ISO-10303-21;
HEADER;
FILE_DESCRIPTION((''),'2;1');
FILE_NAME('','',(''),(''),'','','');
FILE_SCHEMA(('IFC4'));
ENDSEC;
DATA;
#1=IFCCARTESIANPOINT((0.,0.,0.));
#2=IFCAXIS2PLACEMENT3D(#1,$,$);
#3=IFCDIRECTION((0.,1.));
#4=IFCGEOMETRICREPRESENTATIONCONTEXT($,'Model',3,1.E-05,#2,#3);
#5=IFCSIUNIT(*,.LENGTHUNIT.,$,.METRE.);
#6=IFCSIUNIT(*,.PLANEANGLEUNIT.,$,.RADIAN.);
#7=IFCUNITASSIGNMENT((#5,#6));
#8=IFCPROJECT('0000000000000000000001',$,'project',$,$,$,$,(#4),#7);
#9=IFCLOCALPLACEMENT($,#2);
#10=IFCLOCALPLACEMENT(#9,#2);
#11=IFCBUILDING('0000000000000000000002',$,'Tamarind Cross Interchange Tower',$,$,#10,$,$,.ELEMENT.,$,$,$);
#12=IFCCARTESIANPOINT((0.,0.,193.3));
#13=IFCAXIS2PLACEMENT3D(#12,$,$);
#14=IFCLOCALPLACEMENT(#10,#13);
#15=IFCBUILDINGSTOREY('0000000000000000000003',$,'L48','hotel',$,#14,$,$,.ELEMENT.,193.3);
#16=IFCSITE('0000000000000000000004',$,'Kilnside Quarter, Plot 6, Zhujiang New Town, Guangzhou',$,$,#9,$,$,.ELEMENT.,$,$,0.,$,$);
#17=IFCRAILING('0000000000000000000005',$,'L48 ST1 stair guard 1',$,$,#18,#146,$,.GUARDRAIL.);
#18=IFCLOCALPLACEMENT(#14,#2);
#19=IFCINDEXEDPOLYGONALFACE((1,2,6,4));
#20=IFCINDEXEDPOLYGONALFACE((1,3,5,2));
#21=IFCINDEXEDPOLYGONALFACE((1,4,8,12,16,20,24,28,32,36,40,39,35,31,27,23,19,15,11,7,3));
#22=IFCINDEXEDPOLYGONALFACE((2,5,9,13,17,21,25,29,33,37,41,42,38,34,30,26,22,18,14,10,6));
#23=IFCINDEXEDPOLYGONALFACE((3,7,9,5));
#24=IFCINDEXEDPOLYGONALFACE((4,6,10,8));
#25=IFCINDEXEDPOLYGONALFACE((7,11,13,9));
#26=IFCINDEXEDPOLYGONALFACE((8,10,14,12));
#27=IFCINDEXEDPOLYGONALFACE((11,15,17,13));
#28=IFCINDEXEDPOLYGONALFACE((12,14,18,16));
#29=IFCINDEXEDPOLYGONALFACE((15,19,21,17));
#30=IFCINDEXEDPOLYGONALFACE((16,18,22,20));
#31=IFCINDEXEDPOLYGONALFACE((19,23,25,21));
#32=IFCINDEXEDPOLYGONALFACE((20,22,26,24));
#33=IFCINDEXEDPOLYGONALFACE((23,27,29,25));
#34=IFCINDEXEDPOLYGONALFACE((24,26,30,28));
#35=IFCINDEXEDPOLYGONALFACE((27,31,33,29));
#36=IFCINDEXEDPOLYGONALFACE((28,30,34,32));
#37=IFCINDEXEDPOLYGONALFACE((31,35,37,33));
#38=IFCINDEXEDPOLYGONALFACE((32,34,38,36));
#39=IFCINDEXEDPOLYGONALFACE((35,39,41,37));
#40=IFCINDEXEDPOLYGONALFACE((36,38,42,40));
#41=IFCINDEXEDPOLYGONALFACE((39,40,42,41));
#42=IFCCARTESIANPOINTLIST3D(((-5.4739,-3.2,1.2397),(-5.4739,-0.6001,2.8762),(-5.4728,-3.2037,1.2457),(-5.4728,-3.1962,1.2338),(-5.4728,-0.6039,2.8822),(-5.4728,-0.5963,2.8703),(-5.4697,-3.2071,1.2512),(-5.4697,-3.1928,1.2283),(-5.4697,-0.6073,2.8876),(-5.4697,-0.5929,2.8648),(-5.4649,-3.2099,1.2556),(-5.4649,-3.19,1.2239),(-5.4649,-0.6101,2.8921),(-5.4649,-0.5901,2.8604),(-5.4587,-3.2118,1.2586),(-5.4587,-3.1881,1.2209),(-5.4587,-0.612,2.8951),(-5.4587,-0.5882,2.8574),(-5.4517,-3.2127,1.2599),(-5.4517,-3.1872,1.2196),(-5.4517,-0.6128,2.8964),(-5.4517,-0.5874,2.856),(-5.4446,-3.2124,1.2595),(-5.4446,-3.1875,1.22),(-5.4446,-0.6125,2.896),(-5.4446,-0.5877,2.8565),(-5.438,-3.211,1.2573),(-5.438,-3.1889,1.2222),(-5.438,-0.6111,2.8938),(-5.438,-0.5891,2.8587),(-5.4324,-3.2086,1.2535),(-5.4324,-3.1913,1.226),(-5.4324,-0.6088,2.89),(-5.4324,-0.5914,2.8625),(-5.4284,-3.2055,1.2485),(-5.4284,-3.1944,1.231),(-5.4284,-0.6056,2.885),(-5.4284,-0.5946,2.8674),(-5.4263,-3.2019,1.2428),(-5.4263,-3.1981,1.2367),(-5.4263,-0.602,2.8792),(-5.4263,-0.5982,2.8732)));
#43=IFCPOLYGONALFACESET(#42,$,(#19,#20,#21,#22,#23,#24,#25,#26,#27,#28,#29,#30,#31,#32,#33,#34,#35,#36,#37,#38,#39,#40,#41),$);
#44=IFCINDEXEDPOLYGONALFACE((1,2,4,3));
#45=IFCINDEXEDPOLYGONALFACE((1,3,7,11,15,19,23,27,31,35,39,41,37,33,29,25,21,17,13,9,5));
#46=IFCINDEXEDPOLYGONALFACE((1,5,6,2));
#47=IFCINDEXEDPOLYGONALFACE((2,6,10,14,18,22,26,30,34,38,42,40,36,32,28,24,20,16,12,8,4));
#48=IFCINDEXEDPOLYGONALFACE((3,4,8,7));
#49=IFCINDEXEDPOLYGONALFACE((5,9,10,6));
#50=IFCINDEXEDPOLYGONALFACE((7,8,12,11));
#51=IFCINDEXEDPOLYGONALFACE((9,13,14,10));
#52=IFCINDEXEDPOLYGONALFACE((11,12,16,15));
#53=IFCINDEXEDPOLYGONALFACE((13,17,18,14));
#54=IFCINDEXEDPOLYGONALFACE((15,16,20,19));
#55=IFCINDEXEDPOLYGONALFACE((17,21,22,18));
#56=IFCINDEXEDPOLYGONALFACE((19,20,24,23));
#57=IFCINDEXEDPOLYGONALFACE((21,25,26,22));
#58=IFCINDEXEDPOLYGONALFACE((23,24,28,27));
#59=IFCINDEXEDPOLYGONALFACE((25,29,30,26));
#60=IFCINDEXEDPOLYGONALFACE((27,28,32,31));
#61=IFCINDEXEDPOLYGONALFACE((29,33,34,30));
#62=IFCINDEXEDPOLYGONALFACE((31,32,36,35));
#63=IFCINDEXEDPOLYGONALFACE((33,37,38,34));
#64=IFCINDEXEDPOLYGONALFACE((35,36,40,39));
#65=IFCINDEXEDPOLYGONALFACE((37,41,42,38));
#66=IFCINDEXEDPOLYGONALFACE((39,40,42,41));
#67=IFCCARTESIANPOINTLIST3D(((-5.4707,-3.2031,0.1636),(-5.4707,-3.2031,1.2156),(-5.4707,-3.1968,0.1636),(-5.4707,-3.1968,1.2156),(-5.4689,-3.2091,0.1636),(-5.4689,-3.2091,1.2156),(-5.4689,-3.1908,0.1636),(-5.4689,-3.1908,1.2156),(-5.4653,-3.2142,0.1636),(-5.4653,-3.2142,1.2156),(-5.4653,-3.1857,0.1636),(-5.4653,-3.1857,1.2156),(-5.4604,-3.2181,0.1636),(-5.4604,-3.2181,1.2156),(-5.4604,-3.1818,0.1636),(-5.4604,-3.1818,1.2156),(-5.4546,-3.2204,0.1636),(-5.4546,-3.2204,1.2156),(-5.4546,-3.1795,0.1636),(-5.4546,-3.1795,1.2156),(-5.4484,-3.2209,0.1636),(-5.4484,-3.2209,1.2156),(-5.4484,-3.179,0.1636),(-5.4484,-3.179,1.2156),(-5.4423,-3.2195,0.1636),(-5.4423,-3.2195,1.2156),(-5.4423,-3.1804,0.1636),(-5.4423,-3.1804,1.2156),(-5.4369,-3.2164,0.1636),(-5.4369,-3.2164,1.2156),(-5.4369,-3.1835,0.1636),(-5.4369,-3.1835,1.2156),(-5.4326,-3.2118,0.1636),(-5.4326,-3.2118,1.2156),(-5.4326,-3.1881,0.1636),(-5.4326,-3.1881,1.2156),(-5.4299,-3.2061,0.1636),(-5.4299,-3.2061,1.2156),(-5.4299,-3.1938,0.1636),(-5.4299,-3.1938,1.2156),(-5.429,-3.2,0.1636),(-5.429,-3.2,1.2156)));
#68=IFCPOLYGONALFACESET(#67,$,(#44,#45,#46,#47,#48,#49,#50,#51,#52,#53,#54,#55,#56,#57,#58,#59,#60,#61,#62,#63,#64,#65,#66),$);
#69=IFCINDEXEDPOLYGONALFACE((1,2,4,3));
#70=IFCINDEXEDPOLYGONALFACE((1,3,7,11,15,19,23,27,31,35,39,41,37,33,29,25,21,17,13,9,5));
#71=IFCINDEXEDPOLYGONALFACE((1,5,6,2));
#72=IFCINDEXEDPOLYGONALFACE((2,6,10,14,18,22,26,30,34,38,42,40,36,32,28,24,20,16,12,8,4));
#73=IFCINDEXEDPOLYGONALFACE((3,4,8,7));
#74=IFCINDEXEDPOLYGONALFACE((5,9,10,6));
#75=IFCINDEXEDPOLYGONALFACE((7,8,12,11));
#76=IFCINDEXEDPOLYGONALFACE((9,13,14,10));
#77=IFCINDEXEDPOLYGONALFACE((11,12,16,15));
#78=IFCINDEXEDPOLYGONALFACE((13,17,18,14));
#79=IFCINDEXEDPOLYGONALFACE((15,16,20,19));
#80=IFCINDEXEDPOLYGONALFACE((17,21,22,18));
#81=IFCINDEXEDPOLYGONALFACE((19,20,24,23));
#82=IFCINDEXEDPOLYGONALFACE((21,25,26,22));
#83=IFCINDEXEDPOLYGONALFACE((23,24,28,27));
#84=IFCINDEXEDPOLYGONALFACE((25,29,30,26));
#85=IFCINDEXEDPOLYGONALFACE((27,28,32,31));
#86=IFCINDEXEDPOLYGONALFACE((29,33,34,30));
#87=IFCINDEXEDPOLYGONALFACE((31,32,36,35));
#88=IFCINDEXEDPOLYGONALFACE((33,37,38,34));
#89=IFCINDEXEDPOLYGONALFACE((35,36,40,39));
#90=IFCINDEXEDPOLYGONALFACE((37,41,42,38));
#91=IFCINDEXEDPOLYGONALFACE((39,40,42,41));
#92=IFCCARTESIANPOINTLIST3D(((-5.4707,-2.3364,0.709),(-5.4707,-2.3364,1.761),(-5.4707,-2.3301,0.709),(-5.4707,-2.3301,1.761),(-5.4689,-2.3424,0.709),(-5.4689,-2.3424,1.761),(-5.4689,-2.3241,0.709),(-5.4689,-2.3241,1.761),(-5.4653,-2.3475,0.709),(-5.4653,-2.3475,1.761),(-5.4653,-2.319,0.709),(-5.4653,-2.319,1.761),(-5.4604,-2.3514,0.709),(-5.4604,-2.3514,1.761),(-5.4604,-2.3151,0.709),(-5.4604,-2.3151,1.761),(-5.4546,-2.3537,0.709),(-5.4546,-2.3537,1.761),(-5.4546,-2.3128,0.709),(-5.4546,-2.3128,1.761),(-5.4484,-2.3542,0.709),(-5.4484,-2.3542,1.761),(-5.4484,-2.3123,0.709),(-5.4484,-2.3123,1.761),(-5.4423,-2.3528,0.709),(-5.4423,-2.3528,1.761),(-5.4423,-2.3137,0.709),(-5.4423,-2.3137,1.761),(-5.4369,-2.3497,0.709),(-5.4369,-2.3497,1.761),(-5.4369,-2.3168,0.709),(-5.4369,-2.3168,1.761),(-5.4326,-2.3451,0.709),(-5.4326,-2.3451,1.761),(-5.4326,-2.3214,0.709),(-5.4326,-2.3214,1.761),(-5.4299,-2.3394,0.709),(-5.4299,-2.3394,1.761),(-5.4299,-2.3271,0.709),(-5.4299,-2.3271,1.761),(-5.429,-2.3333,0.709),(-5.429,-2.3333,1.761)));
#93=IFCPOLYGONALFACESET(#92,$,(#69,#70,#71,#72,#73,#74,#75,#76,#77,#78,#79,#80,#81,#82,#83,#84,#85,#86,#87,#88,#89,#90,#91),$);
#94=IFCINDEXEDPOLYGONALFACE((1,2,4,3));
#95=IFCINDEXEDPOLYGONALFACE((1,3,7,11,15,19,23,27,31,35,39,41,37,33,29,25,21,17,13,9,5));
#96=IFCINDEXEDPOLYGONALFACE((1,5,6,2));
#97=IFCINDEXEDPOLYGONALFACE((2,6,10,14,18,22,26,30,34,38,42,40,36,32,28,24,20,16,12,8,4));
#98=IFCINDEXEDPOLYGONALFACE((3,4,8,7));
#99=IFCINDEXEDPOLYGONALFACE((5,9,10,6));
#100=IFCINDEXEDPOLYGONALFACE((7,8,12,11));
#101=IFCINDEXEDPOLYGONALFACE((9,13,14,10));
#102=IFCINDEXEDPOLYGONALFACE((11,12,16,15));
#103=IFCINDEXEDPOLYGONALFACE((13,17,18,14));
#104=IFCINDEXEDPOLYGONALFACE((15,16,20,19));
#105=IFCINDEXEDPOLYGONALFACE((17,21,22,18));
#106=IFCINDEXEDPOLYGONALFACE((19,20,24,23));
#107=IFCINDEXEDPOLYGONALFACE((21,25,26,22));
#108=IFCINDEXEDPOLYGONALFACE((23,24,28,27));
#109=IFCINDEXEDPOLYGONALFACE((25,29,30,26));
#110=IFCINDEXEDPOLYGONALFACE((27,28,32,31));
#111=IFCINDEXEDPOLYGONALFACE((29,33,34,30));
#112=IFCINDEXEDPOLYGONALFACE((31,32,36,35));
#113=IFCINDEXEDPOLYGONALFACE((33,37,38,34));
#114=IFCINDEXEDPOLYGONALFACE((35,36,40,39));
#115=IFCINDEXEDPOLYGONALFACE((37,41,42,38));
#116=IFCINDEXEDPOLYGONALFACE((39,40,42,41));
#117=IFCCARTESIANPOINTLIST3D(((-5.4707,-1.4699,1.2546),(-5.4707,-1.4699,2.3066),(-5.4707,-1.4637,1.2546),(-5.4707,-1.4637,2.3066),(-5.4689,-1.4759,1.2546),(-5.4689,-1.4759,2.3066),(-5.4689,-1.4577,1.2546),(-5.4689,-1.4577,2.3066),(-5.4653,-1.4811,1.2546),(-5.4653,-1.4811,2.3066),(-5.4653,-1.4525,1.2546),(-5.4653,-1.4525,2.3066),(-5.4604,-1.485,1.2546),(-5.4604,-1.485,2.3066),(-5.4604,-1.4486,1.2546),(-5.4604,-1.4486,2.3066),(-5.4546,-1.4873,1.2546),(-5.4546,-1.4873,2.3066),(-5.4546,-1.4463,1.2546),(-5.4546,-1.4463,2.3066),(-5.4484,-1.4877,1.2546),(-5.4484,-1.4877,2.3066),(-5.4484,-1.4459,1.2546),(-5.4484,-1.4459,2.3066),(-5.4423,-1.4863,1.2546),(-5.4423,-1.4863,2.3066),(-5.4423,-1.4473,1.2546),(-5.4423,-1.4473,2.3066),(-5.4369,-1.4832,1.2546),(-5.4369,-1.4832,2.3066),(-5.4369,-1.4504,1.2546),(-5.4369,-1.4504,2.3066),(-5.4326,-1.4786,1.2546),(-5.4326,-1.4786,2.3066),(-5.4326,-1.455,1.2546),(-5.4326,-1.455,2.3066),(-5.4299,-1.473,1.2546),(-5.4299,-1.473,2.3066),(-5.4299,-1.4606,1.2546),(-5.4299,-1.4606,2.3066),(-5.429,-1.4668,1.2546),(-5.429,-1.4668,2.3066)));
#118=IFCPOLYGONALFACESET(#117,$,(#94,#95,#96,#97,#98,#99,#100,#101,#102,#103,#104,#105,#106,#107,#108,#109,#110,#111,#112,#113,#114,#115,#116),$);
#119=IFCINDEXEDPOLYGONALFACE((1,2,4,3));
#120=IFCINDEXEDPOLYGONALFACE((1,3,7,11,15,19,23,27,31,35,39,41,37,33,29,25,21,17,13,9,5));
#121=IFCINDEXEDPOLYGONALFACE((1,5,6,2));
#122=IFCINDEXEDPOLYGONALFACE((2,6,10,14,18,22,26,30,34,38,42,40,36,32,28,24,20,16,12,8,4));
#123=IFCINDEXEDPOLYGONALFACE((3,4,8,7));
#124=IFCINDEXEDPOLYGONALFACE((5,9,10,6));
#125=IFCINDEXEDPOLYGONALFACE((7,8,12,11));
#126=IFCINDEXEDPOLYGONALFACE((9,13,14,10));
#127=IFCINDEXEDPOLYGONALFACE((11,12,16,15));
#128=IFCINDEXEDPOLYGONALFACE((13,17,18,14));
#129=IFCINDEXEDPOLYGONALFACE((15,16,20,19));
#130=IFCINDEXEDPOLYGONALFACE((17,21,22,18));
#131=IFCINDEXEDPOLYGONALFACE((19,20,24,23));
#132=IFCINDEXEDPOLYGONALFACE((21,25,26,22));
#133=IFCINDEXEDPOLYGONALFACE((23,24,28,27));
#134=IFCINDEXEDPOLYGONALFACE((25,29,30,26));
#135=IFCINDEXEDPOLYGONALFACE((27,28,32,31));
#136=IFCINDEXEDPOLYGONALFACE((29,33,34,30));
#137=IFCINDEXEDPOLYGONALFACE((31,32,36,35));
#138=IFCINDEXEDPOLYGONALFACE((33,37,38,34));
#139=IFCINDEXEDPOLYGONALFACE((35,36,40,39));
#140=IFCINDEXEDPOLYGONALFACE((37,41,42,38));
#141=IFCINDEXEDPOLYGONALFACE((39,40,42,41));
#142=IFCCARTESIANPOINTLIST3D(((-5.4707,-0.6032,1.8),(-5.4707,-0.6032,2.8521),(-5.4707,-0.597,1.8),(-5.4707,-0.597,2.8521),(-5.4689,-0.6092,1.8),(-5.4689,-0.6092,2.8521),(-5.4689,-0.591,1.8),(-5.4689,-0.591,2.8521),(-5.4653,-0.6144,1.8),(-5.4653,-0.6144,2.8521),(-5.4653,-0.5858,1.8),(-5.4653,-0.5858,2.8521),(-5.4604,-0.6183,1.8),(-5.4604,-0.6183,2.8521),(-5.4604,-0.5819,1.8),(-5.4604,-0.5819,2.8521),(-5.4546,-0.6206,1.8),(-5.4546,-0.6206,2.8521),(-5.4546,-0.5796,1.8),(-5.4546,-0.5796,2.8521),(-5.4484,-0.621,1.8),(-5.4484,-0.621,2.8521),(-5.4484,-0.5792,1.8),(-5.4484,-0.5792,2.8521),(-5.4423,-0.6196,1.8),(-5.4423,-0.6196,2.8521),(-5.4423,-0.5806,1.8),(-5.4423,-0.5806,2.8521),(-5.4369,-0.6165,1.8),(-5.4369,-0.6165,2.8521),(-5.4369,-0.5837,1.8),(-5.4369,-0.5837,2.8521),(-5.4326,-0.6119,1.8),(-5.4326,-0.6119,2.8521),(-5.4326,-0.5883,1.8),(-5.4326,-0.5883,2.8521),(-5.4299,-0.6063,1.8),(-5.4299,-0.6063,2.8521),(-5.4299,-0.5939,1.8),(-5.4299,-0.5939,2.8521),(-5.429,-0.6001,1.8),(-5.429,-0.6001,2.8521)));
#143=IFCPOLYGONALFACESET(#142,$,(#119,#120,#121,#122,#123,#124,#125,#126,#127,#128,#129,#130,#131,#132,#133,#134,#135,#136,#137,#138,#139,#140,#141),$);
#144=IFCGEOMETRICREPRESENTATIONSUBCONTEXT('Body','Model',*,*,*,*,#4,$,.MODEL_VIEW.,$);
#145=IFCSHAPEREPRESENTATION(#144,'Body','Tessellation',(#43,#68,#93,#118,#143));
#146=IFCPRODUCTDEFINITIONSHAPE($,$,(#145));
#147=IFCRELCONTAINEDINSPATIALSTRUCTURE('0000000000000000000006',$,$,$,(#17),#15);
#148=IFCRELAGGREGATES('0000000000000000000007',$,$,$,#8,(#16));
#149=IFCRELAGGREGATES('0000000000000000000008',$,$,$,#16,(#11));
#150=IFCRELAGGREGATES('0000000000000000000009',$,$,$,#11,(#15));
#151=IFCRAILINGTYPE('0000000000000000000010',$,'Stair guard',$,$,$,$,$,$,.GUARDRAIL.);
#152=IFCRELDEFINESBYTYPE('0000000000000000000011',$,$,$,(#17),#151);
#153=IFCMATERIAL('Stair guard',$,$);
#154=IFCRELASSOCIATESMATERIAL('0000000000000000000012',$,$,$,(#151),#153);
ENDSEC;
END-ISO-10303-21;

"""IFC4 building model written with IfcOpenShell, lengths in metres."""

from ifc_helpers import new_model, si_unit, direction, frame, origin, origin_2d, place, context, subcontext, project, spatial, circle, extrude, material, type_object, element, save


model = new_model("IFC4")

# Units and contexts
model_context = context("Model", 3, precision=1e-05, world=origin(), true_north=direction((0.0, 1.0)))
body_context = subcontext(model_context, "Body", "Model", "MODEL_VIEW")
ifc_project = project(units=[si_unit("LENGTHUNIT", "METRE"), si_unit("PLANEANGLEUNIT", "RADIAN")], contexts=[model_context])

# Site, building, storey
site_placement = place(None, origin())
site = spatial("IfcSite", under=ifc_project, at=site_placement, Name="Kilnside Quarter, Plot 6, Zhujiang New Town, Guangzhou", CompositionType="ELEMENT", RefElevation=0.0)
building_placement = place(site_placement, origin())
building = spatial("IfcBuilding", under=site, at=building_placement, Name="Tamarind Cross Interchange Tower", CompositionType="ELEMENT")
storey_placement = place(building_placement, frame((0.0, 0.0, 193.3)))
storey = spatial("IfcBuildingStorey", under=building, at=storey_placement, Name="L48", Description="hotel", CompositionType="ELEMENT", Elevation=193.3)

# Railing
ifc_material_1 = material(Name="Stair guard")
railing_type_1 = type_object("IfcRailingType", Name="Stair guard", PredefinedType="GUARDRAIL", material=ifc_material_1)
railing_1_placement = place(storey_placement, frame((-5.45, -3.2, 0.1636)))
element("IfcRailing", 1, at=railing_1_placement, inside=storey, type_object=railing_type_1, Name="L48 ST1 stair guard 1", PredefinedType="GUARDRAIL", context=body_context, shape_type="SweptSolid", body=[
    extrude(circle(Radius=0.0239, at=origin_2d()), frame((0.0, 0.0, 1.0762), z_axis=(0.0, 0.846302, 0.532704), x_axis=(-1.0, 0.0, 0.0)), (0.0, 0.0, 1.0), 3.072),
    extrude(circle(Radius=0.021, at=origin_2d()), origin(), (0.0, 0.0, 1.0), 1.052),
    extrude(circle(Radius=0.021, at=origin_2d()), frame((0.0, 0.8667, 0.5454)), (0.0, 0.0, 1.0), 1.052),
    extrude(circle(Radius=0.021, at=origin_2d()), frame((0.0, 1.7332, 1.0911)), (0.0, 0.0, 1.0), 1.052),
    extrude(circle(Radius=0.021, at=origin_2d()), frame((0.0, 2.5999, 1.6365)), (0.0, 0.0, 1.0), 1.052),
])

save(model, "model.ifc")
